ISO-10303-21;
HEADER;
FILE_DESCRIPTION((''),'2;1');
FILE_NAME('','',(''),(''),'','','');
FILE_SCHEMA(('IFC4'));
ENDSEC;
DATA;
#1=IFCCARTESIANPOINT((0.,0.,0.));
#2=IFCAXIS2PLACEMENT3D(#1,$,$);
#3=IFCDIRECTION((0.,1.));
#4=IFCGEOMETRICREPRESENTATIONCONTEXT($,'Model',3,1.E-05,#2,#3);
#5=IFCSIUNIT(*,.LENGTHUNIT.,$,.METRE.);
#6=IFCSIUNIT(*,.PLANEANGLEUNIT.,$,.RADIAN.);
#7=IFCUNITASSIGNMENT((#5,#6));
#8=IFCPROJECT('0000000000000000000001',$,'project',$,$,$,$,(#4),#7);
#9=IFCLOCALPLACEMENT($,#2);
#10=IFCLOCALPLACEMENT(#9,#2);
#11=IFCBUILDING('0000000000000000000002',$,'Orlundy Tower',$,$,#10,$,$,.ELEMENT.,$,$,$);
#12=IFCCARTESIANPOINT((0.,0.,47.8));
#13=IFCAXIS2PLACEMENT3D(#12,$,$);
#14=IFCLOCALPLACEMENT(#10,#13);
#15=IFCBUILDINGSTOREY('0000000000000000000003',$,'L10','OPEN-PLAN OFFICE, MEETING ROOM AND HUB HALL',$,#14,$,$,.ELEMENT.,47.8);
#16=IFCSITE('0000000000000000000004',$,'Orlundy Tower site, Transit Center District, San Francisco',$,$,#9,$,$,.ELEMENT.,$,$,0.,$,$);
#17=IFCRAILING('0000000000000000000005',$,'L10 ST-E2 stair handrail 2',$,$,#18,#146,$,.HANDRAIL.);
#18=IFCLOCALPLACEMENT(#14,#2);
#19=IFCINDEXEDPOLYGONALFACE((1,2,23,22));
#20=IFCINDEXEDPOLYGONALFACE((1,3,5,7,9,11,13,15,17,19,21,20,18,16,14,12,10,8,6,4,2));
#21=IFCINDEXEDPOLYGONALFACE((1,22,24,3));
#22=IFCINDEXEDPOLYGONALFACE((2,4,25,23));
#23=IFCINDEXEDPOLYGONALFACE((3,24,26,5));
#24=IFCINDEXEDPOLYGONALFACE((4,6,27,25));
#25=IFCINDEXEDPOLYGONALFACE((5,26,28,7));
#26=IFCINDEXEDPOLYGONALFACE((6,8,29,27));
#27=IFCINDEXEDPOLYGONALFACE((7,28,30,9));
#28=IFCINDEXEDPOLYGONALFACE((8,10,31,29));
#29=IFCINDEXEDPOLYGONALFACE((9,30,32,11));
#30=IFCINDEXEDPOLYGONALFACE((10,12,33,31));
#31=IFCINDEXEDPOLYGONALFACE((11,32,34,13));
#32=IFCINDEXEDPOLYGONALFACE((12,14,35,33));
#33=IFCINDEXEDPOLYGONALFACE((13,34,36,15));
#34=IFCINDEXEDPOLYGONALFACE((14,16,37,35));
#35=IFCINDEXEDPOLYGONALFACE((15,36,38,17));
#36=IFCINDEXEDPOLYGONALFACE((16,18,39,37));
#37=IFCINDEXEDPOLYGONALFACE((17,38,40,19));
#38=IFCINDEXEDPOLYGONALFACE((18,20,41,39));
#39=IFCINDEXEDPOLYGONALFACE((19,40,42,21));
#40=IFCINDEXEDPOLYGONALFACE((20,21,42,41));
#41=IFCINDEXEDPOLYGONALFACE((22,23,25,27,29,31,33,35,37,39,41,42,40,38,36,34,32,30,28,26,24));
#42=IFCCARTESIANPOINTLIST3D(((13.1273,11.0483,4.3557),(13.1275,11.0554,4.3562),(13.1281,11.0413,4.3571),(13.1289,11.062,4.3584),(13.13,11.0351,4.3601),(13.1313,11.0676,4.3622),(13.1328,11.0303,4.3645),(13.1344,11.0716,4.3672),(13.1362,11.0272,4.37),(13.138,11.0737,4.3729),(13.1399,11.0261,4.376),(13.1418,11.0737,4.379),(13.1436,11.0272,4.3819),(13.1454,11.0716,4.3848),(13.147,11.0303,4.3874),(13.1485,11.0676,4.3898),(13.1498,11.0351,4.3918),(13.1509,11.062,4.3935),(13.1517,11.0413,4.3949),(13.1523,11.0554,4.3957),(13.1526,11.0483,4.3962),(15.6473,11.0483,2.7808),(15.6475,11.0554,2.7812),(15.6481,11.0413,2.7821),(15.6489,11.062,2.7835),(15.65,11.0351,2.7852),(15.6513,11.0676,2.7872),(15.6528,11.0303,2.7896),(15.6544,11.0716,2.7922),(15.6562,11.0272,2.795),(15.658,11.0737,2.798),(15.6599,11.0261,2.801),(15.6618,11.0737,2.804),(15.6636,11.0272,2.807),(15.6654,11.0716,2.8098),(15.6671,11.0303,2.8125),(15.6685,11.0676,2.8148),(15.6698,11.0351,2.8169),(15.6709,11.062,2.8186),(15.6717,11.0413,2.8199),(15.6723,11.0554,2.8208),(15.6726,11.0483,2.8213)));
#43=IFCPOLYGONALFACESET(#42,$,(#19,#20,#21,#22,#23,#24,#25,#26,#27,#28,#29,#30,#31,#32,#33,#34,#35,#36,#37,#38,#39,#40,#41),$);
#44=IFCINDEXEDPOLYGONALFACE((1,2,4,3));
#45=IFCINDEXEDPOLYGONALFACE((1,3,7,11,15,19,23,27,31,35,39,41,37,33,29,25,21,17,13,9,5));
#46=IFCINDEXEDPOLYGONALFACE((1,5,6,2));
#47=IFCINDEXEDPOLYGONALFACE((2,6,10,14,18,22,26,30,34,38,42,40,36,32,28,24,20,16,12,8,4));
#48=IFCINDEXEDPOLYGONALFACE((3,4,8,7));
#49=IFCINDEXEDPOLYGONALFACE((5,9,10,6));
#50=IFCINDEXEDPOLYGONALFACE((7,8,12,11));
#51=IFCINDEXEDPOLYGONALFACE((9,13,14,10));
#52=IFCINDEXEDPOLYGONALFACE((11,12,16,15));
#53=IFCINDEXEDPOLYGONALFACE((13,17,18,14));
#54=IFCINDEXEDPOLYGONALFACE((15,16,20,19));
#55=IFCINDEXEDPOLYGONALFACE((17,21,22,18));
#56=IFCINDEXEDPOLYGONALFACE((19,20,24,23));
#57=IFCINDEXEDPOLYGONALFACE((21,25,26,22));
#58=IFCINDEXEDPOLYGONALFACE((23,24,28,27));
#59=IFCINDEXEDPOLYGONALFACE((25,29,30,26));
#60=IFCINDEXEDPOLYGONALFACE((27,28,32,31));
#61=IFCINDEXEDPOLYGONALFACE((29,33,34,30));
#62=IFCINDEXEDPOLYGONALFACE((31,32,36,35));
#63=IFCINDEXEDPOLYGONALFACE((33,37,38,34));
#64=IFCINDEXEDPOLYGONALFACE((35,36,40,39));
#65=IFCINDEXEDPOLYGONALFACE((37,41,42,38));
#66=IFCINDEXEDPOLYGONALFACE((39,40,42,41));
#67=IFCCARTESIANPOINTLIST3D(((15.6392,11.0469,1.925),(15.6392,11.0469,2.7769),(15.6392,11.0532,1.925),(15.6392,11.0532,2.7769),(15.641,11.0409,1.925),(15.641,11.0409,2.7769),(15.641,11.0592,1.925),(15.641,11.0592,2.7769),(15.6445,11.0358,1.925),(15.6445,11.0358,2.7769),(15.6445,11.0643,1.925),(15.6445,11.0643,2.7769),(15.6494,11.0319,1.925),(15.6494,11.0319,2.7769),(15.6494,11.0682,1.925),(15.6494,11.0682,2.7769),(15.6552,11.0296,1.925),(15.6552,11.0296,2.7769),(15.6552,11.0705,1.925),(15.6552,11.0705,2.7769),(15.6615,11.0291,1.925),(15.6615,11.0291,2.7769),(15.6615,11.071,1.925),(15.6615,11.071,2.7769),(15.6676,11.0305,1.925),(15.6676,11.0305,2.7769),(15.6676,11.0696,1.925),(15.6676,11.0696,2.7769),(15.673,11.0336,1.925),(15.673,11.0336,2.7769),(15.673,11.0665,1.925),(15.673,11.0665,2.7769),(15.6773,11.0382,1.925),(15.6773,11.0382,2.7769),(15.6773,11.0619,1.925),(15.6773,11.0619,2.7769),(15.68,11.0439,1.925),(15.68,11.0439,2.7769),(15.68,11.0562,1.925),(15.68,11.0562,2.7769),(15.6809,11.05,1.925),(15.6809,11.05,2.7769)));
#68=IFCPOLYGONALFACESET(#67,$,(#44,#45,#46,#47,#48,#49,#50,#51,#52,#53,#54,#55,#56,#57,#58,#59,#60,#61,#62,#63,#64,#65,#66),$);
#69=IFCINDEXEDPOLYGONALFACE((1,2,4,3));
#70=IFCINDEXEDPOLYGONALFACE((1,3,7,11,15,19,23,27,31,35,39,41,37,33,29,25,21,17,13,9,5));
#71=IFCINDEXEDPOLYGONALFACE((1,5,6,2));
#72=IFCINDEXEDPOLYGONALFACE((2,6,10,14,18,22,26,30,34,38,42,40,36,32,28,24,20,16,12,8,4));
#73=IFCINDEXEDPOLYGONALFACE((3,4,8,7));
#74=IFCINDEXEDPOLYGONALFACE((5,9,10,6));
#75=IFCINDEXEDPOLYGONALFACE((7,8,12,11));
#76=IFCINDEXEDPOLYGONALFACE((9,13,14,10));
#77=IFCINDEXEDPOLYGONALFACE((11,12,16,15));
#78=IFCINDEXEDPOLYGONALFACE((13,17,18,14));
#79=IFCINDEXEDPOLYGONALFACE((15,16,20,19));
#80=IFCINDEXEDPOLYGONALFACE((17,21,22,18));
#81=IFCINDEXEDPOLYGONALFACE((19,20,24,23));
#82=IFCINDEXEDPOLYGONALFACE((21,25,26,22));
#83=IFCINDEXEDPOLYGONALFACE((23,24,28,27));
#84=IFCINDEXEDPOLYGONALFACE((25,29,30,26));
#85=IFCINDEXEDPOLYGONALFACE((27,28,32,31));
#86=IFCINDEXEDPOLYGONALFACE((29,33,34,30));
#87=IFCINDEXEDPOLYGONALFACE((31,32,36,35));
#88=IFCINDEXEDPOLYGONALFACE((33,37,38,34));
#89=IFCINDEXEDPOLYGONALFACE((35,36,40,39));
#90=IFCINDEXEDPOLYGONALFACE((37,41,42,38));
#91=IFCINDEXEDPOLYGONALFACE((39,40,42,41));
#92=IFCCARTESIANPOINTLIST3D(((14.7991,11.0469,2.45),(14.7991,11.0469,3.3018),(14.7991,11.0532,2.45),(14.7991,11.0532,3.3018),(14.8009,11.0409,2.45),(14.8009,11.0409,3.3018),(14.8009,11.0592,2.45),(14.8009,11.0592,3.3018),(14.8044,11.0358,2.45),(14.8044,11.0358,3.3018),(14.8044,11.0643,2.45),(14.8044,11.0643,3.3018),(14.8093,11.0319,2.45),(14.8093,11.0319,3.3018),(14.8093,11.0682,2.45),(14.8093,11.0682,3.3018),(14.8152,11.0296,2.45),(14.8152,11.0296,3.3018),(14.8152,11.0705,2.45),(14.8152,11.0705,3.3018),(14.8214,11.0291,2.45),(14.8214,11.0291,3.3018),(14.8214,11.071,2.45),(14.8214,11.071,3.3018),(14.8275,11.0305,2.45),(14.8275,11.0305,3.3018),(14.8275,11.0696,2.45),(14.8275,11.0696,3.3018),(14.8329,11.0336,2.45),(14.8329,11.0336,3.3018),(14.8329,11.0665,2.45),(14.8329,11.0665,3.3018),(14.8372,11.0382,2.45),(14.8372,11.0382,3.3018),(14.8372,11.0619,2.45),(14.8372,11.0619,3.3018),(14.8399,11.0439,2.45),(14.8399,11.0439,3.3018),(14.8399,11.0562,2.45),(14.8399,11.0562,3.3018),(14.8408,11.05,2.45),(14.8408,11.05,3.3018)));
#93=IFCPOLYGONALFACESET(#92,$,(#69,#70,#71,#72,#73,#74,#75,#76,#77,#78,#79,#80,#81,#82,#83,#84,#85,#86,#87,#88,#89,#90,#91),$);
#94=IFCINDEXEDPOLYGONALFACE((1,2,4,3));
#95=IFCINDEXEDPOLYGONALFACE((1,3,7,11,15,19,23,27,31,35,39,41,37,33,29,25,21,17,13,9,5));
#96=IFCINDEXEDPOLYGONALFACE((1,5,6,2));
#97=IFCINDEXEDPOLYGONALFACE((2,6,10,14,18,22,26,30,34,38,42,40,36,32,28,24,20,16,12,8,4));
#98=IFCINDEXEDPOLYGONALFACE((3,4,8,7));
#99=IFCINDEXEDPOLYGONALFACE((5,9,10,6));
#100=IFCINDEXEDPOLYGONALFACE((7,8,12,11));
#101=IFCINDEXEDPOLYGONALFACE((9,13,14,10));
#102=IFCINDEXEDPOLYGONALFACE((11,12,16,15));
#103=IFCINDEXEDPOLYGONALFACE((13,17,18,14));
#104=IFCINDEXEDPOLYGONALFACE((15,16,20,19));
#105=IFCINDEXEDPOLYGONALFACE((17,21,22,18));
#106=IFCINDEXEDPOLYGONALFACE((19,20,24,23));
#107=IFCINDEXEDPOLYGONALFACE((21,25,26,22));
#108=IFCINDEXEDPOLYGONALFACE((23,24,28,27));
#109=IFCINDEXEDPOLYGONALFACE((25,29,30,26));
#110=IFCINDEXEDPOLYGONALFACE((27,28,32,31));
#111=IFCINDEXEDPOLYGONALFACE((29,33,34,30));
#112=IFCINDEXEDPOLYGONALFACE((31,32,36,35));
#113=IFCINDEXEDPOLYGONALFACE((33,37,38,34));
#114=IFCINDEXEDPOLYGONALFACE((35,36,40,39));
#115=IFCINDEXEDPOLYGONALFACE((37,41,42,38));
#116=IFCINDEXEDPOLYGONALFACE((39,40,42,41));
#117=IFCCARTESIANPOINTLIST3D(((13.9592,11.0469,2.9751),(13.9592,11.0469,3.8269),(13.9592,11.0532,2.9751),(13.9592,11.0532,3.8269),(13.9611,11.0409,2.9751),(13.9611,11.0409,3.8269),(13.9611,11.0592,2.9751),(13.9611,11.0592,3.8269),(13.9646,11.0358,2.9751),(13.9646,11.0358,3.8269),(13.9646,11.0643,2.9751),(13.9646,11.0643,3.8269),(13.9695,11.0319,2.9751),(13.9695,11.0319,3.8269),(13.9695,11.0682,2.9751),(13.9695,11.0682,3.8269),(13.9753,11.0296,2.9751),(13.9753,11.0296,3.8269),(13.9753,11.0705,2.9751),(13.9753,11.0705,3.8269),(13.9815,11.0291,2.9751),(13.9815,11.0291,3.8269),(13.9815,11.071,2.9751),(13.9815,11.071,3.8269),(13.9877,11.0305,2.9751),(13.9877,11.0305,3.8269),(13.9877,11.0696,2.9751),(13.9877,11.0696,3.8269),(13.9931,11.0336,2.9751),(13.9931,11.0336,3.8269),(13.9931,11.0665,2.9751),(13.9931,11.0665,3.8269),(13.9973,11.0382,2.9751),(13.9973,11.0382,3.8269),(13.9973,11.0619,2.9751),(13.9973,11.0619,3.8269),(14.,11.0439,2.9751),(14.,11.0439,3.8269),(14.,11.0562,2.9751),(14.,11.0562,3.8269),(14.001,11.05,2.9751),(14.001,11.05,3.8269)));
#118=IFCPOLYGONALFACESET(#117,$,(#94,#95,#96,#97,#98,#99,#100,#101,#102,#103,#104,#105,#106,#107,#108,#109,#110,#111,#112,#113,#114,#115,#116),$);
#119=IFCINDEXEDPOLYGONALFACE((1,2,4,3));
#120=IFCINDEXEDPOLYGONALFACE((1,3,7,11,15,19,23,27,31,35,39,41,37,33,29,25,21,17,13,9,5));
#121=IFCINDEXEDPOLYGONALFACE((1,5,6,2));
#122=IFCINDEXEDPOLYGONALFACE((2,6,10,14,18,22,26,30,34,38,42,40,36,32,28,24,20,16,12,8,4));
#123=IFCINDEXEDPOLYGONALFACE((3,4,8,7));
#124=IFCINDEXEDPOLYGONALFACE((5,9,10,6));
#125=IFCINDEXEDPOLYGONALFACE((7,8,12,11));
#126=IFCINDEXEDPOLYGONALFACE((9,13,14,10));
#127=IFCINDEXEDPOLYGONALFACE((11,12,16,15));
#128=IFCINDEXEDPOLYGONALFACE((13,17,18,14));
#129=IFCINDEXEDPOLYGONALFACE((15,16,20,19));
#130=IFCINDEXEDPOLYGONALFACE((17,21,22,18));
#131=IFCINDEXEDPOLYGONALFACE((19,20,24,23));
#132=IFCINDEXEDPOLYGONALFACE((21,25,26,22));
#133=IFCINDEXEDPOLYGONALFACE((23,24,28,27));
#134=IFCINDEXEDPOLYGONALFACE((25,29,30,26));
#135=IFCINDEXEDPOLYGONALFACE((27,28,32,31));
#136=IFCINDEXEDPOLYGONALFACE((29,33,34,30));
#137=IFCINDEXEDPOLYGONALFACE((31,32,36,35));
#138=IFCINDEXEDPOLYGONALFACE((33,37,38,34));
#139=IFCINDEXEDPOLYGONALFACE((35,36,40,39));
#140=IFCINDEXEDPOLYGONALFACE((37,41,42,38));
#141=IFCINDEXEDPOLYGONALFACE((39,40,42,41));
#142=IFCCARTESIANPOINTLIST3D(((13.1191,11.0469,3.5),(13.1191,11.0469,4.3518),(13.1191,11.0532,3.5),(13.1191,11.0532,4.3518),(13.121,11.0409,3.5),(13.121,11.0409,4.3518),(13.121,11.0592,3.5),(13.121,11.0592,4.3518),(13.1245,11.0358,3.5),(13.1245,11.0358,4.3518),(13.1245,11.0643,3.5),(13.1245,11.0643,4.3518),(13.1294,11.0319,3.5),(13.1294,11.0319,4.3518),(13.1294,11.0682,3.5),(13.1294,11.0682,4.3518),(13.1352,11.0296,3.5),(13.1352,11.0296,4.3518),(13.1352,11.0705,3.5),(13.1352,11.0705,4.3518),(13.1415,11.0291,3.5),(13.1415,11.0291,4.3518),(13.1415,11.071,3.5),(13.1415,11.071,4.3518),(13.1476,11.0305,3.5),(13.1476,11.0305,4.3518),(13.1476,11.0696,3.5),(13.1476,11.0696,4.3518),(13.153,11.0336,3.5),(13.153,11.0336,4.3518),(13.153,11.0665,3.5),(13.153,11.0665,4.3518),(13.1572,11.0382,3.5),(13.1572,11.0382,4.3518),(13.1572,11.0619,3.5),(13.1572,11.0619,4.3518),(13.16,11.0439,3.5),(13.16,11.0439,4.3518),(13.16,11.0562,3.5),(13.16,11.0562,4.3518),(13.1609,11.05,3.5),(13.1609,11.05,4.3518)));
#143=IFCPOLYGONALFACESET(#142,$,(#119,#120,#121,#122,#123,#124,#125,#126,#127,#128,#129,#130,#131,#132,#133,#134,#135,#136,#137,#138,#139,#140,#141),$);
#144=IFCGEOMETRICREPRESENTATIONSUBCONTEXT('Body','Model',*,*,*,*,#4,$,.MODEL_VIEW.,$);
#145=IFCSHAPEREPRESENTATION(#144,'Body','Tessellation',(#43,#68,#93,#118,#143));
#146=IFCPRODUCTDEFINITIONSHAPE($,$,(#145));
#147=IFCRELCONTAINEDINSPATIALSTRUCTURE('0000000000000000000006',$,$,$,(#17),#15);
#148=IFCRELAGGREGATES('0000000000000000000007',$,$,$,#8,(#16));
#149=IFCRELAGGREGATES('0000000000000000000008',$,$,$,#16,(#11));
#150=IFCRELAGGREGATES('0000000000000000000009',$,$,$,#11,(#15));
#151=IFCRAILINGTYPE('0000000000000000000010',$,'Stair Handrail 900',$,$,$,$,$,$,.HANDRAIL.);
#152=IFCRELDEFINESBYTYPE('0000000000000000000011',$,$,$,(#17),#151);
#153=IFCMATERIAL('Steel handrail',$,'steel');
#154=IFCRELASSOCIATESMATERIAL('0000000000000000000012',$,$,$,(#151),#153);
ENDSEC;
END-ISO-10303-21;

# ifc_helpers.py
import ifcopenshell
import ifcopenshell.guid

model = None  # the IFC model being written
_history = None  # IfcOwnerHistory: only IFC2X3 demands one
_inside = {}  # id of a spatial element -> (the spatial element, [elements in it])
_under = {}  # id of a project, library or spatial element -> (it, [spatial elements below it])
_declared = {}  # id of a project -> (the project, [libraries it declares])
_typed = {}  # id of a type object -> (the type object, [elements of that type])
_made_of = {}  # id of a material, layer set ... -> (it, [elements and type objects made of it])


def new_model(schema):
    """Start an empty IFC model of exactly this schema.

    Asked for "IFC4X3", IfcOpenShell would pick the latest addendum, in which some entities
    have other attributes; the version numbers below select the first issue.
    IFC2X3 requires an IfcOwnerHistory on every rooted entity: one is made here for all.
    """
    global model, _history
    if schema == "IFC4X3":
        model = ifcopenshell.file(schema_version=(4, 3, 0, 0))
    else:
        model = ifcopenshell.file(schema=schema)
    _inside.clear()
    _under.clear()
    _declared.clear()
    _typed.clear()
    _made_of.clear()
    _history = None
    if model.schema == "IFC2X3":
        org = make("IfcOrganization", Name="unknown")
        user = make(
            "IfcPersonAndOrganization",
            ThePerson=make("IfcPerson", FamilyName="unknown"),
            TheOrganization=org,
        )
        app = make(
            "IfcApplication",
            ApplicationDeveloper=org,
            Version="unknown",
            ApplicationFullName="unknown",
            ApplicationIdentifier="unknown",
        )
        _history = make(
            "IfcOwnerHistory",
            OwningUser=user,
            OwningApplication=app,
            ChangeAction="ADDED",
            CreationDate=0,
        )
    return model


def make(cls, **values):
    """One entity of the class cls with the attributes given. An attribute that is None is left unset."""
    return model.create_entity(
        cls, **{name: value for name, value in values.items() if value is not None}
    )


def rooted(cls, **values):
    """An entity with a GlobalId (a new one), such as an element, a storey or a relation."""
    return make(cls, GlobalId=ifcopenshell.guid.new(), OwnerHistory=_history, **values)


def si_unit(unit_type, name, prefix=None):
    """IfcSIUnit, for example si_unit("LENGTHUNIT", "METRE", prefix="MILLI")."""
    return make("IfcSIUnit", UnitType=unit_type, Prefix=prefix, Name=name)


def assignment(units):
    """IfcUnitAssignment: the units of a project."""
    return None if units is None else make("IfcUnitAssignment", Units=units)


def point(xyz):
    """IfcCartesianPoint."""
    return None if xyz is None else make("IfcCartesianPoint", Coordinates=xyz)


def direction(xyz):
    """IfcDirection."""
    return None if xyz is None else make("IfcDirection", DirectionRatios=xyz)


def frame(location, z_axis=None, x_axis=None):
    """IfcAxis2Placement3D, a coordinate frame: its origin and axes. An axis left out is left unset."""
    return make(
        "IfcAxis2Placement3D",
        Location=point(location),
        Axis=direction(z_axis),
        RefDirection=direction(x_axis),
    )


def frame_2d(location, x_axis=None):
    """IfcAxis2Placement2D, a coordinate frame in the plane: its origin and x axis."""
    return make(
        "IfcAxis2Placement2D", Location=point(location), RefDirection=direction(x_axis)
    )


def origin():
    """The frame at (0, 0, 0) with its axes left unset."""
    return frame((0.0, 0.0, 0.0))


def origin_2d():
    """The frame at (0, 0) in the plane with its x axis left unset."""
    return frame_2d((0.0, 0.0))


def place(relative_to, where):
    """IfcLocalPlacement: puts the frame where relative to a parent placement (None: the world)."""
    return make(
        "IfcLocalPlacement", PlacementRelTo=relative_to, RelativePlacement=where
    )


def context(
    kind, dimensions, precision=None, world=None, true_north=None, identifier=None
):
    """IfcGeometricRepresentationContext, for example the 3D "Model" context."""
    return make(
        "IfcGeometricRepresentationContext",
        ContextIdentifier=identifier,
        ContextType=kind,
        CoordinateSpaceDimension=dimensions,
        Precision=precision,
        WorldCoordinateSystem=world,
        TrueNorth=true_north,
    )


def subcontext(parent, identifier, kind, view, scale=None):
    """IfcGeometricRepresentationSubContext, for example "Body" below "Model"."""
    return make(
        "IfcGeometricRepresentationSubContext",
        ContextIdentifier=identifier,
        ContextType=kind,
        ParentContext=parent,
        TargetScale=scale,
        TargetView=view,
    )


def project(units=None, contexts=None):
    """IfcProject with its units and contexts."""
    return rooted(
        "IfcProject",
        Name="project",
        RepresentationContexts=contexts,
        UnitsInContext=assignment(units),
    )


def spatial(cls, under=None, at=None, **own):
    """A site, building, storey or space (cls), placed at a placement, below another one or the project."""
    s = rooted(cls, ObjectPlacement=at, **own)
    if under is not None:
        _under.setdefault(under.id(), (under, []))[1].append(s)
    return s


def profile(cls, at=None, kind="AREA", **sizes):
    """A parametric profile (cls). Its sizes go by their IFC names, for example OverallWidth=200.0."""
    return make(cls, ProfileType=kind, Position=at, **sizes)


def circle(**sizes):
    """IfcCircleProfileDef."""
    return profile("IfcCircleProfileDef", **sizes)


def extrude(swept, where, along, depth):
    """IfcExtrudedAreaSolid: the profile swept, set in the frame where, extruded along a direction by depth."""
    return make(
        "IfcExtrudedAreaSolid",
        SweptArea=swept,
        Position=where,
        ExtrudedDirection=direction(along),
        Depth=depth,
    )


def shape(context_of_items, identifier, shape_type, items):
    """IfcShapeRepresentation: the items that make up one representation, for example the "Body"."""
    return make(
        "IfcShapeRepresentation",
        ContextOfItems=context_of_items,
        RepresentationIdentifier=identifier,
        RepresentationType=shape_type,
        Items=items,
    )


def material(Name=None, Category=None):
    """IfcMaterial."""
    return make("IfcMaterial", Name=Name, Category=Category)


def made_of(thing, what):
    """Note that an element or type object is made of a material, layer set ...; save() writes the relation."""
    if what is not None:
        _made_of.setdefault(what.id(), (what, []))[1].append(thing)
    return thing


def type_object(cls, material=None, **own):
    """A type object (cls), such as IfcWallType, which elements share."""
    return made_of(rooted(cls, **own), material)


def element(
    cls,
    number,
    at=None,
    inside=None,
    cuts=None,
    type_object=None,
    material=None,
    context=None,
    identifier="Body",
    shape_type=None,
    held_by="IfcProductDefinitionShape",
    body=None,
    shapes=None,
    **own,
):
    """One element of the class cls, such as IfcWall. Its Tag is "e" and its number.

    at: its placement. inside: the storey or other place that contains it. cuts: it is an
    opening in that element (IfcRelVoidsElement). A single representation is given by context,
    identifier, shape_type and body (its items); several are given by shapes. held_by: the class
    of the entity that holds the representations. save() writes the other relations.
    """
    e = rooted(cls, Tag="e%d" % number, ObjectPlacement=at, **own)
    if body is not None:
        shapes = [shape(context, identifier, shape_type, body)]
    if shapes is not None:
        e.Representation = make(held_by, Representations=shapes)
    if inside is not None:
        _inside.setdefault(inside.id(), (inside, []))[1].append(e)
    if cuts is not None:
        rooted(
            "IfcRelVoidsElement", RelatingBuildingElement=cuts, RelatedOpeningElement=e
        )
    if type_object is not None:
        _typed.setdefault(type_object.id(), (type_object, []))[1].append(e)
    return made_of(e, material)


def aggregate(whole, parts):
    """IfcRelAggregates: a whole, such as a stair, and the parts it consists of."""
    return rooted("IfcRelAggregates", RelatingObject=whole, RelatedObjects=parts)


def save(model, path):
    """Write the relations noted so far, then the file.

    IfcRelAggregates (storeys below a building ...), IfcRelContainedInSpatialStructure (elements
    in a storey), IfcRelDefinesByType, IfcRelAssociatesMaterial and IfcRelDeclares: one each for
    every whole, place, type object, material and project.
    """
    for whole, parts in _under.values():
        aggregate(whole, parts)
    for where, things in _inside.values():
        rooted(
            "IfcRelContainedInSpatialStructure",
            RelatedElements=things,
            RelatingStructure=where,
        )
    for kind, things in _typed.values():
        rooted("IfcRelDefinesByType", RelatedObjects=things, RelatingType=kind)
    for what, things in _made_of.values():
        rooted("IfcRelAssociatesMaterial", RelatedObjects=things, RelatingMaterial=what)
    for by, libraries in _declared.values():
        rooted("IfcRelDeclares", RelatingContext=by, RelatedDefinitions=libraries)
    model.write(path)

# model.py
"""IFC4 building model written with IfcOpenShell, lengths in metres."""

from ifc_helpers import new_model, si_unit, direction, frame, origin, origin_2d, place, context, subcontext, project, spatial, circle, extrude, material, type_object, element, save


model = new_model("IFC4")

# Units and contexts
model_context = context("Model", 3, precision=1e-05, world=origin(), true_north=direction((0.0, 1.0)))
body_context = subcontext(model_context, "Body", "Model", "MODEL_VIEW")
ifc_project = project(units=[si_unit("LENGTHUNIT", "METRE"), si_unit("PLANEANGLEUNIT", "RADIAN")], contexts=[model_context])

# Site, building, storey
site_placement = place(None, origin())
site = spatial("IfcSite", under=ifc_project, at=site_placement, Name="Orlundy Tower site, Transit Center District, San Francisco", CompositionType="ELEMENT", RefElevation=0.0)
building_placement = place(site_placement, origin())
building = spatial("IfcBuilding", under=site, at=building_placement, Name="Orlundy Tower", CompositionType="ELEMENT")
storey_placement = place(building_placement, frame((0.0, 0.0, 47.8)))
storey = spatial("IfcBuildingStorey", under=building, at=storey_placement, Name="L10", Description="OPEN-PLAN OFFICE, MEETING ROOM AND HUB HALL", CompositionType="ELEMENT", Elevation=47.8)

# Railing
ifc_material_1 = material(Name="Steel handrail", Category="steel")
railing_type_1 = type_object("IfcRailingType", Name="Stair Handrail 900", PredefinedType="HANDRAIL", material=ifc_material_1)
railing_1_placement = place(storey_placement, frame((15.6599, 11.05, 1.925)))
element("IfcRailing", 1, at=railing_1_placement, inside=storey, type_object=railing_type_1, Name="L10 ST-E2 stair handrail 2", PredefinedType="HANDRAIL", context=body_context, shape_type="SweptSolid", body=[
    extrude(circle(Radius=0.0239, at=origin_2d()), frame((0.0, 0.0, 0.876), z_axis=(-0.848008, 0.0, 0.529984), x_axis=(0.0, -1.0, 0.0)), (0.0, 0.0, 1.0), 2.9717),
    extrude(circle(Radius=0.021, at=origin_2d()), origin(), (0.0, 0.0, 1.0), 0.8518),
    extrude(circle(Radius=0.021, at=origin_2d()), frame((-0.8401, 0.0, 0.5249)), (0.0, 0.0, 1.0), 0.8518),
    extrude(circle(Radius=0.021, at=origin_2d()), frame((-1.6799, 0.0, 1.05)), (0.0, 0.0, 1.0), 0.8518),
    extrude(circle(Radius=0.021, at=origin_2d()), frame((-2.52, 0.0, 1.575)), (0.0, 0.0, 1.0), 0.8518),
])

save(model, "model.ifc")
